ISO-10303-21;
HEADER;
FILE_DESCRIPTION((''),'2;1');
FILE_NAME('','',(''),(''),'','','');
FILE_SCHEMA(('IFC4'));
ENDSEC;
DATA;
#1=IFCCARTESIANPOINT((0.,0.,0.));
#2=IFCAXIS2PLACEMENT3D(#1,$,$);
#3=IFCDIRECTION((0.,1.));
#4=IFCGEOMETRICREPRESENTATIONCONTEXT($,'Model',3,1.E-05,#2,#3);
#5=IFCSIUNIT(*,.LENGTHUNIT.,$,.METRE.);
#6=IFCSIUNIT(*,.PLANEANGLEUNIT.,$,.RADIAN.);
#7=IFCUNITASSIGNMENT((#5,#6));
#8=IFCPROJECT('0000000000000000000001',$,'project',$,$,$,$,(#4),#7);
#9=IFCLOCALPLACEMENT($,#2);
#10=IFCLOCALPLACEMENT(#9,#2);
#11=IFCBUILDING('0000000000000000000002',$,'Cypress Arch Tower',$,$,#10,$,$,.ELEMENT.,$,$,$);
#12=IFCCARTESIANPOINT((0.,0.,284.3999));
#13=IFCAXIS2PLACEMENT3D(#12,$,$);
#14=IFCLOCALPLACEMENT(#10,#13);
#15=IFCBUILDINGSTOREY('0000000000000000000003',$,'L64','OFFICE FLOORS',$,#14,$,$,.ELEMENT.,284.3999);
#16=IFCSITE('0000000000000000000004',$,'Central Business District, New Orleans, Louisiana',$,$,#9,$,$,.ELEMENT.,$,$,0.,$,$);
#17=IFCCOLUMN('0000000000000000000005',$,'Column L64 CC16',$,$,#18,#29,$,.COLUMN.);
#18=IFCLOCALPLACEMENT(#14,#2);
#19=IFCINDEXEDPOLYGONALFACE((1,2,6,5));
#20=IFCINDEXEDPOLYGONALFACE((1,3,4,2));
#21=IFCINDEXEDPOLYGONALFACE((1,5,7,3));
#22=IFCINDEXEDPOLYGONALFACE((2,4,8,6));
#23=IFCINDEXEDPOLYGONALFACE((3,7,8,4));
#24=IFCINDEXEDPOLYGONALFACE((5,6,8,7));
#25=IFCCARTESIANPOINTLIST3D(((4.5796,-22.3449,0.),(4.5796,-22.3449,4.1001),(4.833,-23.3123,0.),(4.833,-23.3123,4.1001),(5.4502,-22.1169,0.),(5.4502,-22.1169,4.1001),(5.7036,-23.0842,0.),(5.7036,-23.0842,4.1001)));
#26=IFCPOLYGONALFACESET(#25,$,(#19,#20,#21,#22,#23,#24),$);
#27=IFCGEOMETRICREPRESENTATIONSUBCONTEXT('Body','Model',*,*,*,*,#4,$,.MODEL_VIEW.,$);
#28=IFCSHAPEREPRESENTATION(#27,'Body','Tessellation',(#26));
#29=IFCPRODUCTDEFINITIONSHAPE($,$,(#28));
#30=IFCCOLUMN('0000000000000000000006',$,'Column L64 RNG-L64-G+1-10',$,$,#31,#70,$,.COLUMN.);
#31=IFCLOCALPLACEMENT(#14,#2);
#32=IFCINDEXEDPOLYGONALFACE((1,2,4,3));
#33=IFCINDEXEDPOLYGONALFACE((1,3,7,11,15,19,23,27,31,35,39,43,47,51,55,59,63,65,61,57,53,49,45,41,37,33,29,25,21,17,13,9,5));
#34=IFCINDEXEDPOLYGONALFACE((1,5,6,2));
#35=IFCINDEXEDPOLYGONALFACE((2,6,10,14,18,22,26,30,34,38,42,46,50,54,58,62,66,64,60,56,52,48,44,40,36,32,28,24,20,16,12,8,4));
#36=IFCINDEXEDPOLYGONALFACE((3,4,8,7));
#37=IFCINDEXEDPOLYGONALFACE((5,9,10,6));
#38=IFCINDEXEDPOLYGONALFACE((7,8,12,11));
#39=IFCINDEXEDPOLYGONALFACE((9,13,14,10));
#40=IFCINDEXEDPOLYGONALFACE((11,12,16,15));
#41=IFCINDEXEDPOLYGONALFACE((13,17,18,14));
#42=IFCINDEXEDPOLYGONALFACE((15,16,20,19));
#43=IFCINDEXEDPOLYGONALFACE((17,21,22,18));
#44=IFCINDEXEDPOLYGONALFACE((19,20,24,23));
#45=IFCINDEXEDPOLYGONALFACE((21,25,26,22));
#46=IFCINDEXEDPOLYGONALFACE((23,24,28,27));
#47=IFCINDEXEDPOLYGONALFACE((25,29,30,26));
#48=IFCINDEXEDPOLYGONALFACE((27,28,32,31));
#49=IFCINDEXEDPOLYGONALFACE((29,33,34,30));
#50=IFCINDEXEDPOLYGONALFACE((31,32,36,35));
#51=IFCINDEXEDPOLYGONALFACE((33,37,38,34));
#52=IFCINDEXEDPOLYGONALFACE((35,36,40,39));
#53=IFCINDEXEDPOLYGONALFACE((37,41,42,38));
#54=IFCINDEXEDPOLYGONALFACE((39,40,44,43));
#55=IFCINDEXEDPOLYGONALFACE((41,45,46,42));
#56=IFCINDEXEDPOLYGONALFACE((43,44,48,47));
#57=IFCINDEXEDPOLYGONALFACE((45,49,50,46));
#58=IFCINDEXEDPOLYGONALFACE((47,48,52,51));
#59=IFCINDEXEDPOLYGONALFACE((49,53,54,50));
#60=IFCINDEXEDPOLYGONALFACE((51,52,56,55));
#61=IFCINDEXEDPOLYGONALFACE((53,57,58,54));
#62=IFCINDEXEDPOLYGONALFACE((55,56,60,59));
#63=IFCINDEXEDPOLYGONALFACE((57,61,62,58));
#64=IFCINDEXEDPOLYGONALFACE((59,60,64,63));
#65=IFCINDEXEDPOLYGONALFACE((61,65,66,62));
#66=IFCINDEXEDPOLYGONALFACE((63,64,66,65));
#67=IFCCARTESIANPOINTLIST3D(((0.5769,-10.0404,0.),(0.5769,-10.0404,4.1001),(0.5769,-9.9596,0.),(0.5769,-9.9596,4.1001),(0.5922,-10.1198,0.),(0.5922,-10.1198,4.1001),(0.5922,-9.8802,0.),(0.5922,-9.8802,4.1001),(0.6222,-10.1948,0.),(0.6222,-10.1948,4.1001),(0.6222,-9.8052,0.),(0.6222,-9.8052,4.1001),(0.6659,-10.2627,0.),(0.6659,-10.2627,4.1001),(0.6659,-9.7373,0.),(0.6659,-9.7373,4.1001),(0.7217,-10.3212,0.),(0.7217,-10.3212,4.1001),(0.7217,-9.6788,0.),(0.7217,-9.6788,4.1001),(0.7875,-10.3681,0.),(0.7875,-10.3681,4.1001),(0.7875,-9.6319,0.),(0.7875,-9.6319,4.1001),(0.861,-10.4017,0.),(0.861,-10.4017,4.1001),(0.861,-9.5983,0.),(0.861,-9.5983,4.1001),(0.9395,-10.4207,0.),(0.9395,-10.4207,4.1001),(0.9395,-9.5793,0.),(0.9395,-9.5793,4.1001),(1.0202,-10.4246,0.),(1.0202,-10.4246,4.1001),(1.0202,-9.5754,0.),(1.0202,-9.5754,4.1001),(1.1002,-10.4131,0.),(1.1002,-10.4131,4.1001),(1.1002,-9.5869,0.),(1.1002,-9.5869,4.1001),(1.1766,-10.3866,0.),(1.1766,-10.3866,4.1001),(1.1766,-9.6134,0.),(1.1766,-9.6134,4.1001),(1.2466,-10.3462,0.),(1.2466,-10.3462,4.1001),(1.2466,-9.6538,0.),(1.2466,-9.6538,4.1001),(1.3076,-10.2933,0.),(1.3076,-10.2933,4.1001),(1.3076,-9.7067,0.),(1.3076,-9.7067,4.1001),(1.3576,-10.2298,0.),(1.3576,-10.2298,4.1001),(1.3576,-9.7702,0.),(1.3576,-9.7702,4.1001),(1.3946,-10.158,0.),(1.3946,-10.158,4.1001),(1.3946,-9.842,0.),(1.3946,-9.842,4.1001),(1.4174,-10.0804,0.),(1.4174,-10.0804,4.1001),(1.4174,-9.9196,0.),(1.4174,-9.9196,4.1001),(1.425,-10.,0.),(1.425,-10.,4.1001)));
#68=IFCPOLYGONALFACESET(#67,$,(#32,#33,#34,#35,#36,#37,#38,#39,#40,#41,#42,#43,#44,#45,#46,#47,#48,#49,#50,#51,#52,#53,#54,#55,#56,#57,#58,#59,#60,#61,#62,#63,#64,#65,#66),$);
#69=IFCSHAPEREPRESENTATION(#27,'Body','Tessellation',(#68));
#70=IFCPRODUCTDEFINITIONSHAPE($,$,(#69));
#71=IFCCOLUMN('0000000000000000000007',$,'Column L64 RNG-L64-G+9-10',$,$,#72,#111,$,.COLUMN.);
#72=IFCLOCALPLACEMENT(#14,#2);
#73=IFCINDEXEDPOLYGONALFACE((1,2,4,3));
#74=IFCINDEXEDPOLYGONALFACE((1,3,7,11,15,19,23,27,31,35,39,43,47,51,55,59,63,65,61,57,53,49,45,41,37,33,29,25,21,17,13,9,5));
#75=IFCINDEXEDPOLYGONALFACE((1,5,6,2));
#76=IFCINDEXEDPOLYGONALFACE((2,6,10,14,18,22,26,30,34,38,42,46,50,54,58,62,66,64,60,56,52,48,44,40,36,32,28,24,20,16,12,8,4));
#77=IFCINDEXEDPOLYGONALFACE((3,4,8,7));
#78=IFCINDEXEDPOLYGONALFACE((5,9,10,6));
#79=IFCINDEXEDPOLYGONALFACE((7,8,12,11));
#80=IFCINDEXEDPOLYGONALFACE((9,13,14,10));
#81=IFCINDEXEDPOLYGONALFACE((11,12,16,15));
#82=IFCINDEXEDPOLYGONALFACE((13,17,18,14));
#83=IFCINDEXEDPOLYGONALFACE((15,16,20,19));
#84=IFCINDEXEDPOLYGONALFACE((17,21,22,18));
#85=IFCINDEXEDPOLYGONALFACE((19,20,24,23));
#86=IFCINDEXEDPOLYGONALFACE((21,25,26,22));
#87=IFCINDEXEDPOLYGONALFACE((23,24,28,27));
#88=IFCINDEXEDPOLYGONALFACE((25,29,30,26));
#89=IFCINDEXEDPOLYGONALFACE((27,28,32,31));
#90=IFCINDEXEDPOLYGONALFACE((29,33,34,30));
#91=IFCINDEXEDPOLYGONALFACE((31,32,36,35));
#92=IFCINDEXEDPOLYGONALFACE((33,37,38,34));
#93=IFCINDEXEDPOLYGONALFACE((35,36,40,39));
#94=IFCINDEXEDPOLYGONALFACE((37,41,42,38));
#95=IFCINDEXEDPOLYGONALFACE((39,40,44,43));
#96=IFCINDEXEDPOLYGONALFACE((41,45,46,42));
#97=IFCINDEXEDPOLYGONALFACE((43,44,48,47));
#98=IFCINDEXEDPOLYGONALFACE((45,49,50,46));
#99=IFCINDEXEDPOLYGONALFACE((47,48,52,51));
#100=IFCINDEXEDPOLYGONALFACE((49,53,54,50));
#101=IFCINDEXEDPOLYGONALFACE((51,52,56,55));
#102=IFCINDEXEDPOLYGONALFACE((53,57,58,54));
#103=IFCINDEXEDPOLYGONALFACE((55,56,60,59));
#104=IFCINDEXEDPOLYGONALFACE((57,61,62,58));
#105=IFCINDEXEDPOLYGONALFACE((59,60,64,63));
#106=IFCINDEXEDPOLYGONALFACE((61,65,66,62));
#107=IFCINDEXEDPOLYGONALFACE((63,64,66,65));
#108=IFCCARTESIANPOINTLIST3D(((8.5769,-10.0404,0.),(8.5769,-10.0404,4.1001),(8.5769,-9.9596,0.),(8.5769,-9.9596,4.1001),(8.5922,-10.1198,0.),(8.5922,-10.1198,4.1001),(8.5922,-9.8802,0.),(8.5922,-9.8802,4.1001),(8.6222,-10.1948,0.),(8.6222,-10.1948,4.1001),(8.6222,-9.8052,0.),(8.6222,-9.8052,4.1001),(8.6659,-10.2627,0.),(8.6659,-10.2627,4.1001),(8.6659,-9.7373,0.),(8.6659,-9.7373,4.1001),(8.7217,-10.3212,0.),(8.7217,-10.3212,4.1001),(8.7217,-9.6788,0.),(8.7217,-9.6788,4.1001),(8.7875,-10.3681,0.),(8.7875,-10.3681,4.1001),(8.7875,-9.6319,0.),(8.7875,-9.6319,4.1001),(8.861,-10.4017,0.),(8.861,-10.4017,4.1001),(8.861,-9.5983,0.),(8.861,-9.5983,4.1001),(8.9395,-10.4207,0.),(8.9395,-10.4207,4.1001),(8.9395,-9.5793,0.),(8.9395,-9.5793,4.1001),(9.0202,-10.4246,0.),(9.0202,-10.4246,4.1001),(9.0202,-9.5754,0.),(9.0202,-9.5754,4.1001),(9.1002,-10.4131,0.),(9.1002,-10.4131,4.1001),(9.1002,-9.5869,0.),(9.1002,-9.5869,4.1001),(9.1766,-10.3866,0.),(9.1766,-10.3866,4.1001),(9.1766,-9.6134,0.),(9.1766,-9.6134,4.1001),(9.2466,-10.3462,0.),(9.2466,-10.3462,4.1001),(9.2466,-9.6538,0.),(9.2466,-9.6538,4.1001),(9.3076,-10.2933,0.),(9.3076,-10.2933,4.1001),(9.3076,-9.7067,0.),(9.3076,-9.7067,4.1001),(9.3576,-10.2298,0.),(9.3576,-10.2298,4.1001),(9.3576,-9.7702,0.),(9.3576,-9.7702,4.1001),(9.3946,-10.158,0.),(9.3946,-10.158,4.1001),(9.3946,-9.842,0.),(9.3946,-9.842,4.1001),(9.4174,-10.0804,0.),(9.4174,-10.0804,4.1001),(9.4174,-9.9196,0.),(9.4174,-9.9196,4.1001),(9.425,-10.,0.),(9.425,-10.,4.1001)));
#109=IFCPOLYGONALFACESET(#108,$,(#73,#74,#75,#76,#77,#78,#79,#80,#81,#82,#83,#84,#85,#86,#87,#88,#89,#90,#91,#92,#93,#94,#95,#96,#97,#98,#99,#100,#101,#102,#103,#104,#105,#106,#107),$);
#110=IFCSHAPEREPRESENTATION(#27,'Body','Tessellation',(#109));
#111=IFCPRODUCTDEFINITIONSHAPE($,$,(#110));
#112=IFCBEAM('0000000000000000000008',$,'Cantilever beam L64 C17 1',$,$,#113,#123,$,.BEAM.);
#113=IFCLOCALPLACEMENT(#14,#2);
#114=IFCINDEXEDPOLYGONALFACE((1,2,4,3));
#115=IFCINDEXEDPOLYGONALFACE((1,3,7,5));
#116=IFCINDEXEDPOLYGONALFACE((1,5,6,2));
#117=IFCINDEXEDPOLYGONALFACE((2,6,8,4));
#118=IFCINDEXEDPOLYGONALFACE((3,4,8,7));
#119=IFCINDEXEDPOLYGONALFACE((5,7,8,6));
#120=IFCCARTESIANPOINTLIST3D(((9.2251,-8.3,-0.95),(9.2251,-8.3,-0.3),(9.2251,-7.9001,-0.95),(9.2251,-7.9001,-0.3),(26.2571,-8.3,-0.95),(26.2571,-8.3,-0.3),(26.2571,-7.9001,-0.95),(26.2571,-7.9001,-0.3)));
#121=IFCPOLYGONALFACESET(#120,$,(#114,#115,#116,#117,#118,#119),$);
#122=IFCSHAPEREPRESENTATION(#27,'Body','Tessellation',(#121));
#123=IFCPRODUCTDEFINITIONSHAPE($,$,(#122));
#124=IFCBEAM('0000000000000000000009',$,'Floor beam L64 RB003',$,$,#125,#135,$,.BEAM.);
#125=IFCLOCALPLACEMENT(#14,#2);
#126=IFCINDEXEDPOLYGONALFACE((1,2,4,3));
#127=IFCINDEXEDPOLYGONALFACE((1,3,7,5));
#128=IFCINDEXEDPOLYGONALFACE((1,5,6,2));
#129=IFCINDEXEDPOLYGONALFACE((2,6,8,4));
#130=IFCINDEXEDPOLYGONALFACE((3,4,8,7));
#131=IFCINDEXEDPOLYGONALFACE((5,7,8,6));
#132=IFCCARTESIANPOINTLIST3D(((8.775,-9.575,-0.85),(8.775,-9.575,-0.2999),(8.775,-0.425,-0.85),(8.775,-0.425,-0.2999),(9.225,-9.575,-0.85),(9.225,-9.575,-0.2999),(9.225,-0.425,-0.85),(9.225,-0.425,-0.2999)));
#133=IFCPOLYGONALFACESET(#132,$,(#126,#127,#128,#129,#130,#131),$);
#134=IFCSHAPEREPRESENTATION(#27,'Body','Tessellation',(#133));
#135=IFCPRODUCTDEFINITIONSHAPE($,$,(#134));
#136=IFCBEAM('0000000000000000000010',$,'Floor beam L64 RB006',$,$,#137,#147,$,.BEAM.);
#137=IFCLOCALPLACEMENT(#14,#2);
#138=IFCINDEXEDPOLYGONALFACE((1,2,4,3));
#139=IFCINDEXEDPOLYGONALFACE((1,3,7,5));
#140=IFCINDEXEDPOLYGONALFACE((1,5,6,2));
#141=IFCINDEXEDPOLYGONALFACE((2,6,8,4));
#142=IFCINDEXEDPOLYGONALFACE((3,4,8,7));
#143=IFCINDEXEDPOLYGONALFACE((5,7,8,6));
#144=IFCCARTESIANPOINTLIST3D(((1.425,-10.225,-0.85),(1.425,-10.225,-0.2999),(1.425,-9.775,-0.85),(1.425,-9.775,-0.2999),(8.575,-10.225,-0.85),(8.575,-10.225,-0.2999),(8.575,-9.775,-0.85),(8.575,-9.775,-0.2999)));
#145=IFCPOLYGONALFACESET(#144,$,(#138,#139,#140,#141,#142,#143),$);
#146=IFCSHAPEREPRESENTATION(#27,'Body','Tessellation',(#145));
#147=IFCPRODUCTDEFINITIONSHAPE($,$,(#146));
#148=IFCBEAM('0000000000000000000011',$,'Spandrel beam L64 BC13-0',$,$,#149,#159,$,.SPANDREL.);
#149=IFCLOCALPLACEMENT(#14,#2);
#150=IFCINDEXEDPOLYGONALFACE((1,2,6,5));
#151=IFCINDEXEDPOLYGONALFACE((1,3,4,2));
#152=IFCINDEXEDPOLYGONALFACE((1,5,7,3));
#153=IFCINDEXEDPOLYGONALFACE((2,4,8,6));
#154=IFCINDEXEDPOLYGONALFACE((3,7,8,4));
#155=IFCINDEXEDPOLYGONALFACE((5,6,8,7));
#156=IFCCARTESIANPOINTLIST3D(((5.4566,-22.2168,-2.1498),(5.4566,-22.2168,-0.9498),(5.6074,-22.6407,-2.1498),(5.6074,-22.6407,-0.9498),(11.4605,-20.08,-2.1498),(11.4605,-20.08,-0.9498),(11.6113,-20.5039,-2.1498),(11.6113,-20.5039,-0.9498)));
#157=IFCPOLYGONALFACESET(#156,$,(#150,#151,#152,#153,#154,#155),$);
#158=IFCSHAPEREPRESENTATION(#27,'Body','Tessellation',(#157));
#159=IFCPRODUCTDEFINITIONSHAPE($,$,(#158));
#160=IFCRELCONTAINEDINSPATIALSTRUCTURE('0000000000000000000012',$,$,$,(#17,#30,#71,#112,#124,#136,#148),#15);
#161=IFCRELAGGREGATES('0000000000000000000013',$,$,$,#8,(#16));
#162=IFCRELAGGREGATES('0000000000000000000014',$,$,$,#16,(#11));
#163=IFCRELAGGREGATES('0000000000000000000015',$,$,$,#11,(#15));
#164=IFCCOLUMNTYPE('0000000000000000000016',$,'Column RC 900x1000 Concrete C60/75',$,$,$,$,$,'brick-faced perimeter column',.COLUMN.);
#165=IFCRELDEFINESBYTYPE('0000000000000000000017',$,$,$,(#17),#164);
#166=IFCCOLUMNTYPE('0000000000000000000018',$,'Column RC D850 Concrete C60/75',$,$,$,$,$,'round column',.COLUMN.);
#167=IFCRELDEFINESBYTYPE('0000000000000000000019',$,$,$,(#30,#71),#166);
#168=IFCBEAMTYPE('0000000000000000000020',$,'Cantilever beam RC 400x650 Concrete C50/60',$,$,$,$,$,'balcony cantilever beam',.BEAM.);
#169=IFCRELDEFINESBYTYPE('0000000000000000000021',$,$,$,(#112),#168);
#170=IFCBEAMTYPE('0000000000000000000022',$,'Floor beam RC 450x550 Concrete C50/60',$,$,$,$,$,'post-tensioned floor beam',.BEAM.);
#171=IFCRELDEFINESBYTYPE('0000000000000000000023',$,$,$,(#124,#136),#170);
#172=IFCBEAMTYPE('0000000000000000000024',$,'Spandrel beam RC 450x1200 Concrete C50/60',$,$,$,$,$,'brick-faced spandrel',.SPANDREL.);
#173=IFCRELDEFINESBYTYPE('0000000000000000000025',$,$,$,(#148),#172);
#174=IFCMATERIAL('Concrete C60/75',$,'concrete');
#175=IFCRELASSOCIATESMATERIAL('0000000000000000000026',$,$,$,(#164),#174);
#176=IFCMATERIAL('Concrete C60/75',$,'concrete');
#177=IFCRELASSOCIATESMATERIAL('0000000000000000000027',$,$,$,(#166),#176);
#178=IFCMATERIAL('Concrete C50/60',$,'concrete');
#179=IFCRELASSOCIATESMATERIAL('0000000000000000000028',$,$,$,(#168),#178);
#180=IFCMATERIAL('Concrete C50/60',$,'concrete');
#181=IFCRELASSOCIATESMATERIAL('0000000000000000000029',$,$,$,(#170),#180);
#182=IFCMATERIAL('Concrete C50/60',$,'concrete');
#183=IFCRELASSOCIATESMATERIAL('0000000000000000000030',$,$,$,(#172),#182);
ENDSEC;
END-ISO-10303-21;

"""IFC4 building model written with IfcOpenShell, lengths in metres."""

from ifc_helpers import new_model, si_unit, direction, frame, origin, origin_2d, place, context, subcontext, project, spatial, rectangle, circle, extrude, material, material_profile, profile_set, type_object, element, save


model = new_model("IFC4")

# Units and contexts
model_context = context("Model", 3, precision=1e-05, world=origin(), true_north=direction((0.0, 1.0)))
body_context = subcontext(model_context, "Body", "Model", "MODEL_VIEW")
ifc_project = project(units=[si_unit("LENGTHUNIT", "METRE"), si_unit("PLANEANGLEUNIT", "RADIAN")], contexts=[model_context])

# Site, building, storey
site_placement = place(None, origin())
site = spatial("IfcSite", under=ifc_project, at=site_placement, Name="Central Business District, New Orleans, Louisiana", CompositionType="ELEMENT", RefElevation=0.0)
building_placement = place(site_placement, origin())
building = spatial("IfcBuilding", under=site, at=building_placement, Name="Cypress Arch Tower", CompositionType="ELEMENT")
storey_placement = place(building_placement, frame((0.0, 0.0, 284.3999)))
storey = spatial("IfcBuildingStorey", under=building, at=storey_placement, Name="L64", Description="OFFICE FLOORS", CompositionType="ELEMENT", Elevation=284.3999)

# Columns
ifc_material_1 = material(Name="Concrete C60/75", Category="concrete")
ifc_material_profile_1 = material_profile(ifc_material_1, rectangle(XDim=0.8999, YDim=1.0, at=origin_2d()), Name="RC 900x1000")
ifc_profile_set_1 = profile_set([ifc_material_profile_1], Name="Concrete C60/75")
column_type_1 = type_object("IfcColumnType", Name="Column RC 900x1000 Concrete C60/75", ElementType="brick-faced perimeter column", PredefinedType="COLUMN", material=ifc_profile_set_1)
column_placement = place(storey_placement, frame((5.1416, -22.7146, 0.0), z_axis=(0.0, 0.0, 1.0), x_axis=(0.967356, 0.253422, 0.0)))
element("IfcColumn", 1, at=column_placement, inside=storey, type_object=column_type_1, Name="Column L64 CC16", PredefinedType="COLUMN", context=body_context, shape_type="SweptSolid", body=[
    extrude(rectangle(XDim=0.8999, YDim=1.0, at=origin_2d()), origin(), (0.0, 0.0, 1.0), 4.1001),
])
ifc_material_2 = material(Name="Concrete C60/75", Category="concrete")
ifc_material_profile_2 = material_profile(ifc_material_2, circle(Radius=0.425, at=origin_2d()), Name="RC D850")
ifc_profile_set_2 = profile_set([ifc_material_profile_2], Name="Concrete C60/75")
column_type_2 = type_object("IfcColumnType", Name="Column RC D850 Concrete C60/75", ElementType="round column", PredefinedType="COLUMN", material=ifc_profile_set_2)
for number, where, z_axis, x_axis, name in (
    (2, (1.0, -10.0, 0.0), (0.0, 0.0, 1.0), (1.0, 0.0, 0.0), "Column L64 RNG-L64-G+1-10"),
    (3, (9.0, -10.0, 0.0), (0.0, 0.0, 1.0), (1.0, 0.0, 0.0), "Column L64 RNG-L64-G+9-10"),
):
    element("IfcColumn", number, at=place(storey_placement, frame(where, z_axis=z_axis, x_axis=x_axis)), inside=storey, type_object=column_type_2, Name=name, PredefinedType="COLUMN", context=body_context, shape_type="SweptSolid", body=[
        extrude(circle(Radius=0.425, at=origin_2d()), origin(), (0.0, 0.0, 1.0), 4.1001),
    ])

# Beams
ifc_material_3 = material(Name="Concrete C50/60", Category="concrete")
ifc_material_profile_3 = material_profile(ifc_material_3, rectangle(XDim=0.3999, YDim=0.6499, at=origin_2d()), Name="RC 400x650")
ifc_profile_set_3 = profile_set([ifc_material_profile_3], Name="Concrete C50/60")
beam_type_1 = type_object("IfcBeamType", Name="Cantilever beam RC 400x650 Concrete C50/60", ElementType="balcony cantilever beam", PredefinedType="BEAM", material=ifc_profile_set_3)
beam_1_placement = place(storey_placement, frame((9.2251, -8.1001, -0.625), z_axis=(1.0, 0.0, 0.0), x_axis=(0.0, 1.0, 0.0)))
element("IfcBeam", 4, at=beam_1_placement, inside=storey, type_object=beam_type_1, Name="Cantilever beam L64 C17 1", PredefinedType="BEAM", context=body_context, shape_type="SweptSolid", body=[
    extrude(rectangle(XDim=0.3999, YDim=0.6499, at=origin_2d()), origin(), (0.0, 0.0, 1.0), 17.032),
])
ifc_material_4 = material(Name="Concrete C50/60", Category="concrete")
ifc_material_profile_4 = material_profile(ifc_material_4, rectangle(XDim=0.45, YDim=0.55, at=origin_2d()), Name="RC 450x550")
ifc_profile_set_4 = profile_set([ifc_material_profile_4], Name="Concrete C50/60")
beam_type_2 = type_object("IfcBeamType", Name="Floor beam RC 450x550 Concrete C50/60", ElementType="post-tensioned floor beam", PredefinedType="BEAM", material=ifc_profile_set_4)
beam_2_placement = place(storey_placement, frame((9.0, -9.575, -0.575), z_axis=(0.0, 1.0, 0.0), x_axis=(-1.0, 0.0, 0.0)))
element("IfcBeam", 5, at=beam_2_placement, inside=storey, type_object=beam_type_2, Name="Floor beam L64 RB003", PredefinedType="BEAM", context=body_context, shape_type="SweptSolid", body=[
    extrude(rectangle(XDim=0.45, YDim=0.55, at=origin_2d()), origin(), (0.0, 0.0, 1.0), 9.1499),
])
beam_3_placement = place(storey_placement, frame((1.425, -10.0, -0.575), z_axis=(1.0, 0.0, 0.0), x_axis=(0.0, 1.0, 0.0)))
element("IfcBeam", 6, at=beam_3_placement, inside=storey, type_object=beam_type_2, Name="Floor beam L64 RB006", PredefinedType="BEAM", context=body_context, shape_type="SweptSolid", body=[
    extrude(rectangle(XDim=0.45, YDim=0.55, at=origin_2d()), origin(), (0.0, 0.0, 1.0), 7.1499),
])
ifc_material_5 = material(Name="Concrete C50/60", Category="concrete")
ifc_material_profile_5 = material_profile(ifc_material_5, rectangle(XDim=0.45, YDim=1.2, at=origin_2d()), Name="RC 450x1200")
ifc_profile_set_5 = profile_set([ifc_material_profile_5], Name="Concrete C50/60")
beam_type_3 = type_object("IfcBeamType", Name="Spandrel beam RC 450x1200 Concrete C50/60", ElementType="brick-faced spandrel", PredefinedType="SPANDREL", material=ifc_profile_set_5)
beam_4_placement = place(storey_placement, frame((5.532, -22.4287, -1.5498), z_axis=(0.942116, 0.335288, 0.0), x_axis=(-0.335288, 0.942116, 0.0)))
element("IfcBeam", 7, at=beam_4_placement, inside=storey, type_object=beam_type_3, Name="Spandrel beam L64 BC13-0", PredefinedType="SPANDREL", context=body_context, shape_type="SweptSolid", body=[
    extrude(rectangle(XDim=0.45, YDim=1.2, at=origin_2d()), origin(), (0.0, 0.0, 1.0), 6.3728),
])

save(model, "model.ifc")
